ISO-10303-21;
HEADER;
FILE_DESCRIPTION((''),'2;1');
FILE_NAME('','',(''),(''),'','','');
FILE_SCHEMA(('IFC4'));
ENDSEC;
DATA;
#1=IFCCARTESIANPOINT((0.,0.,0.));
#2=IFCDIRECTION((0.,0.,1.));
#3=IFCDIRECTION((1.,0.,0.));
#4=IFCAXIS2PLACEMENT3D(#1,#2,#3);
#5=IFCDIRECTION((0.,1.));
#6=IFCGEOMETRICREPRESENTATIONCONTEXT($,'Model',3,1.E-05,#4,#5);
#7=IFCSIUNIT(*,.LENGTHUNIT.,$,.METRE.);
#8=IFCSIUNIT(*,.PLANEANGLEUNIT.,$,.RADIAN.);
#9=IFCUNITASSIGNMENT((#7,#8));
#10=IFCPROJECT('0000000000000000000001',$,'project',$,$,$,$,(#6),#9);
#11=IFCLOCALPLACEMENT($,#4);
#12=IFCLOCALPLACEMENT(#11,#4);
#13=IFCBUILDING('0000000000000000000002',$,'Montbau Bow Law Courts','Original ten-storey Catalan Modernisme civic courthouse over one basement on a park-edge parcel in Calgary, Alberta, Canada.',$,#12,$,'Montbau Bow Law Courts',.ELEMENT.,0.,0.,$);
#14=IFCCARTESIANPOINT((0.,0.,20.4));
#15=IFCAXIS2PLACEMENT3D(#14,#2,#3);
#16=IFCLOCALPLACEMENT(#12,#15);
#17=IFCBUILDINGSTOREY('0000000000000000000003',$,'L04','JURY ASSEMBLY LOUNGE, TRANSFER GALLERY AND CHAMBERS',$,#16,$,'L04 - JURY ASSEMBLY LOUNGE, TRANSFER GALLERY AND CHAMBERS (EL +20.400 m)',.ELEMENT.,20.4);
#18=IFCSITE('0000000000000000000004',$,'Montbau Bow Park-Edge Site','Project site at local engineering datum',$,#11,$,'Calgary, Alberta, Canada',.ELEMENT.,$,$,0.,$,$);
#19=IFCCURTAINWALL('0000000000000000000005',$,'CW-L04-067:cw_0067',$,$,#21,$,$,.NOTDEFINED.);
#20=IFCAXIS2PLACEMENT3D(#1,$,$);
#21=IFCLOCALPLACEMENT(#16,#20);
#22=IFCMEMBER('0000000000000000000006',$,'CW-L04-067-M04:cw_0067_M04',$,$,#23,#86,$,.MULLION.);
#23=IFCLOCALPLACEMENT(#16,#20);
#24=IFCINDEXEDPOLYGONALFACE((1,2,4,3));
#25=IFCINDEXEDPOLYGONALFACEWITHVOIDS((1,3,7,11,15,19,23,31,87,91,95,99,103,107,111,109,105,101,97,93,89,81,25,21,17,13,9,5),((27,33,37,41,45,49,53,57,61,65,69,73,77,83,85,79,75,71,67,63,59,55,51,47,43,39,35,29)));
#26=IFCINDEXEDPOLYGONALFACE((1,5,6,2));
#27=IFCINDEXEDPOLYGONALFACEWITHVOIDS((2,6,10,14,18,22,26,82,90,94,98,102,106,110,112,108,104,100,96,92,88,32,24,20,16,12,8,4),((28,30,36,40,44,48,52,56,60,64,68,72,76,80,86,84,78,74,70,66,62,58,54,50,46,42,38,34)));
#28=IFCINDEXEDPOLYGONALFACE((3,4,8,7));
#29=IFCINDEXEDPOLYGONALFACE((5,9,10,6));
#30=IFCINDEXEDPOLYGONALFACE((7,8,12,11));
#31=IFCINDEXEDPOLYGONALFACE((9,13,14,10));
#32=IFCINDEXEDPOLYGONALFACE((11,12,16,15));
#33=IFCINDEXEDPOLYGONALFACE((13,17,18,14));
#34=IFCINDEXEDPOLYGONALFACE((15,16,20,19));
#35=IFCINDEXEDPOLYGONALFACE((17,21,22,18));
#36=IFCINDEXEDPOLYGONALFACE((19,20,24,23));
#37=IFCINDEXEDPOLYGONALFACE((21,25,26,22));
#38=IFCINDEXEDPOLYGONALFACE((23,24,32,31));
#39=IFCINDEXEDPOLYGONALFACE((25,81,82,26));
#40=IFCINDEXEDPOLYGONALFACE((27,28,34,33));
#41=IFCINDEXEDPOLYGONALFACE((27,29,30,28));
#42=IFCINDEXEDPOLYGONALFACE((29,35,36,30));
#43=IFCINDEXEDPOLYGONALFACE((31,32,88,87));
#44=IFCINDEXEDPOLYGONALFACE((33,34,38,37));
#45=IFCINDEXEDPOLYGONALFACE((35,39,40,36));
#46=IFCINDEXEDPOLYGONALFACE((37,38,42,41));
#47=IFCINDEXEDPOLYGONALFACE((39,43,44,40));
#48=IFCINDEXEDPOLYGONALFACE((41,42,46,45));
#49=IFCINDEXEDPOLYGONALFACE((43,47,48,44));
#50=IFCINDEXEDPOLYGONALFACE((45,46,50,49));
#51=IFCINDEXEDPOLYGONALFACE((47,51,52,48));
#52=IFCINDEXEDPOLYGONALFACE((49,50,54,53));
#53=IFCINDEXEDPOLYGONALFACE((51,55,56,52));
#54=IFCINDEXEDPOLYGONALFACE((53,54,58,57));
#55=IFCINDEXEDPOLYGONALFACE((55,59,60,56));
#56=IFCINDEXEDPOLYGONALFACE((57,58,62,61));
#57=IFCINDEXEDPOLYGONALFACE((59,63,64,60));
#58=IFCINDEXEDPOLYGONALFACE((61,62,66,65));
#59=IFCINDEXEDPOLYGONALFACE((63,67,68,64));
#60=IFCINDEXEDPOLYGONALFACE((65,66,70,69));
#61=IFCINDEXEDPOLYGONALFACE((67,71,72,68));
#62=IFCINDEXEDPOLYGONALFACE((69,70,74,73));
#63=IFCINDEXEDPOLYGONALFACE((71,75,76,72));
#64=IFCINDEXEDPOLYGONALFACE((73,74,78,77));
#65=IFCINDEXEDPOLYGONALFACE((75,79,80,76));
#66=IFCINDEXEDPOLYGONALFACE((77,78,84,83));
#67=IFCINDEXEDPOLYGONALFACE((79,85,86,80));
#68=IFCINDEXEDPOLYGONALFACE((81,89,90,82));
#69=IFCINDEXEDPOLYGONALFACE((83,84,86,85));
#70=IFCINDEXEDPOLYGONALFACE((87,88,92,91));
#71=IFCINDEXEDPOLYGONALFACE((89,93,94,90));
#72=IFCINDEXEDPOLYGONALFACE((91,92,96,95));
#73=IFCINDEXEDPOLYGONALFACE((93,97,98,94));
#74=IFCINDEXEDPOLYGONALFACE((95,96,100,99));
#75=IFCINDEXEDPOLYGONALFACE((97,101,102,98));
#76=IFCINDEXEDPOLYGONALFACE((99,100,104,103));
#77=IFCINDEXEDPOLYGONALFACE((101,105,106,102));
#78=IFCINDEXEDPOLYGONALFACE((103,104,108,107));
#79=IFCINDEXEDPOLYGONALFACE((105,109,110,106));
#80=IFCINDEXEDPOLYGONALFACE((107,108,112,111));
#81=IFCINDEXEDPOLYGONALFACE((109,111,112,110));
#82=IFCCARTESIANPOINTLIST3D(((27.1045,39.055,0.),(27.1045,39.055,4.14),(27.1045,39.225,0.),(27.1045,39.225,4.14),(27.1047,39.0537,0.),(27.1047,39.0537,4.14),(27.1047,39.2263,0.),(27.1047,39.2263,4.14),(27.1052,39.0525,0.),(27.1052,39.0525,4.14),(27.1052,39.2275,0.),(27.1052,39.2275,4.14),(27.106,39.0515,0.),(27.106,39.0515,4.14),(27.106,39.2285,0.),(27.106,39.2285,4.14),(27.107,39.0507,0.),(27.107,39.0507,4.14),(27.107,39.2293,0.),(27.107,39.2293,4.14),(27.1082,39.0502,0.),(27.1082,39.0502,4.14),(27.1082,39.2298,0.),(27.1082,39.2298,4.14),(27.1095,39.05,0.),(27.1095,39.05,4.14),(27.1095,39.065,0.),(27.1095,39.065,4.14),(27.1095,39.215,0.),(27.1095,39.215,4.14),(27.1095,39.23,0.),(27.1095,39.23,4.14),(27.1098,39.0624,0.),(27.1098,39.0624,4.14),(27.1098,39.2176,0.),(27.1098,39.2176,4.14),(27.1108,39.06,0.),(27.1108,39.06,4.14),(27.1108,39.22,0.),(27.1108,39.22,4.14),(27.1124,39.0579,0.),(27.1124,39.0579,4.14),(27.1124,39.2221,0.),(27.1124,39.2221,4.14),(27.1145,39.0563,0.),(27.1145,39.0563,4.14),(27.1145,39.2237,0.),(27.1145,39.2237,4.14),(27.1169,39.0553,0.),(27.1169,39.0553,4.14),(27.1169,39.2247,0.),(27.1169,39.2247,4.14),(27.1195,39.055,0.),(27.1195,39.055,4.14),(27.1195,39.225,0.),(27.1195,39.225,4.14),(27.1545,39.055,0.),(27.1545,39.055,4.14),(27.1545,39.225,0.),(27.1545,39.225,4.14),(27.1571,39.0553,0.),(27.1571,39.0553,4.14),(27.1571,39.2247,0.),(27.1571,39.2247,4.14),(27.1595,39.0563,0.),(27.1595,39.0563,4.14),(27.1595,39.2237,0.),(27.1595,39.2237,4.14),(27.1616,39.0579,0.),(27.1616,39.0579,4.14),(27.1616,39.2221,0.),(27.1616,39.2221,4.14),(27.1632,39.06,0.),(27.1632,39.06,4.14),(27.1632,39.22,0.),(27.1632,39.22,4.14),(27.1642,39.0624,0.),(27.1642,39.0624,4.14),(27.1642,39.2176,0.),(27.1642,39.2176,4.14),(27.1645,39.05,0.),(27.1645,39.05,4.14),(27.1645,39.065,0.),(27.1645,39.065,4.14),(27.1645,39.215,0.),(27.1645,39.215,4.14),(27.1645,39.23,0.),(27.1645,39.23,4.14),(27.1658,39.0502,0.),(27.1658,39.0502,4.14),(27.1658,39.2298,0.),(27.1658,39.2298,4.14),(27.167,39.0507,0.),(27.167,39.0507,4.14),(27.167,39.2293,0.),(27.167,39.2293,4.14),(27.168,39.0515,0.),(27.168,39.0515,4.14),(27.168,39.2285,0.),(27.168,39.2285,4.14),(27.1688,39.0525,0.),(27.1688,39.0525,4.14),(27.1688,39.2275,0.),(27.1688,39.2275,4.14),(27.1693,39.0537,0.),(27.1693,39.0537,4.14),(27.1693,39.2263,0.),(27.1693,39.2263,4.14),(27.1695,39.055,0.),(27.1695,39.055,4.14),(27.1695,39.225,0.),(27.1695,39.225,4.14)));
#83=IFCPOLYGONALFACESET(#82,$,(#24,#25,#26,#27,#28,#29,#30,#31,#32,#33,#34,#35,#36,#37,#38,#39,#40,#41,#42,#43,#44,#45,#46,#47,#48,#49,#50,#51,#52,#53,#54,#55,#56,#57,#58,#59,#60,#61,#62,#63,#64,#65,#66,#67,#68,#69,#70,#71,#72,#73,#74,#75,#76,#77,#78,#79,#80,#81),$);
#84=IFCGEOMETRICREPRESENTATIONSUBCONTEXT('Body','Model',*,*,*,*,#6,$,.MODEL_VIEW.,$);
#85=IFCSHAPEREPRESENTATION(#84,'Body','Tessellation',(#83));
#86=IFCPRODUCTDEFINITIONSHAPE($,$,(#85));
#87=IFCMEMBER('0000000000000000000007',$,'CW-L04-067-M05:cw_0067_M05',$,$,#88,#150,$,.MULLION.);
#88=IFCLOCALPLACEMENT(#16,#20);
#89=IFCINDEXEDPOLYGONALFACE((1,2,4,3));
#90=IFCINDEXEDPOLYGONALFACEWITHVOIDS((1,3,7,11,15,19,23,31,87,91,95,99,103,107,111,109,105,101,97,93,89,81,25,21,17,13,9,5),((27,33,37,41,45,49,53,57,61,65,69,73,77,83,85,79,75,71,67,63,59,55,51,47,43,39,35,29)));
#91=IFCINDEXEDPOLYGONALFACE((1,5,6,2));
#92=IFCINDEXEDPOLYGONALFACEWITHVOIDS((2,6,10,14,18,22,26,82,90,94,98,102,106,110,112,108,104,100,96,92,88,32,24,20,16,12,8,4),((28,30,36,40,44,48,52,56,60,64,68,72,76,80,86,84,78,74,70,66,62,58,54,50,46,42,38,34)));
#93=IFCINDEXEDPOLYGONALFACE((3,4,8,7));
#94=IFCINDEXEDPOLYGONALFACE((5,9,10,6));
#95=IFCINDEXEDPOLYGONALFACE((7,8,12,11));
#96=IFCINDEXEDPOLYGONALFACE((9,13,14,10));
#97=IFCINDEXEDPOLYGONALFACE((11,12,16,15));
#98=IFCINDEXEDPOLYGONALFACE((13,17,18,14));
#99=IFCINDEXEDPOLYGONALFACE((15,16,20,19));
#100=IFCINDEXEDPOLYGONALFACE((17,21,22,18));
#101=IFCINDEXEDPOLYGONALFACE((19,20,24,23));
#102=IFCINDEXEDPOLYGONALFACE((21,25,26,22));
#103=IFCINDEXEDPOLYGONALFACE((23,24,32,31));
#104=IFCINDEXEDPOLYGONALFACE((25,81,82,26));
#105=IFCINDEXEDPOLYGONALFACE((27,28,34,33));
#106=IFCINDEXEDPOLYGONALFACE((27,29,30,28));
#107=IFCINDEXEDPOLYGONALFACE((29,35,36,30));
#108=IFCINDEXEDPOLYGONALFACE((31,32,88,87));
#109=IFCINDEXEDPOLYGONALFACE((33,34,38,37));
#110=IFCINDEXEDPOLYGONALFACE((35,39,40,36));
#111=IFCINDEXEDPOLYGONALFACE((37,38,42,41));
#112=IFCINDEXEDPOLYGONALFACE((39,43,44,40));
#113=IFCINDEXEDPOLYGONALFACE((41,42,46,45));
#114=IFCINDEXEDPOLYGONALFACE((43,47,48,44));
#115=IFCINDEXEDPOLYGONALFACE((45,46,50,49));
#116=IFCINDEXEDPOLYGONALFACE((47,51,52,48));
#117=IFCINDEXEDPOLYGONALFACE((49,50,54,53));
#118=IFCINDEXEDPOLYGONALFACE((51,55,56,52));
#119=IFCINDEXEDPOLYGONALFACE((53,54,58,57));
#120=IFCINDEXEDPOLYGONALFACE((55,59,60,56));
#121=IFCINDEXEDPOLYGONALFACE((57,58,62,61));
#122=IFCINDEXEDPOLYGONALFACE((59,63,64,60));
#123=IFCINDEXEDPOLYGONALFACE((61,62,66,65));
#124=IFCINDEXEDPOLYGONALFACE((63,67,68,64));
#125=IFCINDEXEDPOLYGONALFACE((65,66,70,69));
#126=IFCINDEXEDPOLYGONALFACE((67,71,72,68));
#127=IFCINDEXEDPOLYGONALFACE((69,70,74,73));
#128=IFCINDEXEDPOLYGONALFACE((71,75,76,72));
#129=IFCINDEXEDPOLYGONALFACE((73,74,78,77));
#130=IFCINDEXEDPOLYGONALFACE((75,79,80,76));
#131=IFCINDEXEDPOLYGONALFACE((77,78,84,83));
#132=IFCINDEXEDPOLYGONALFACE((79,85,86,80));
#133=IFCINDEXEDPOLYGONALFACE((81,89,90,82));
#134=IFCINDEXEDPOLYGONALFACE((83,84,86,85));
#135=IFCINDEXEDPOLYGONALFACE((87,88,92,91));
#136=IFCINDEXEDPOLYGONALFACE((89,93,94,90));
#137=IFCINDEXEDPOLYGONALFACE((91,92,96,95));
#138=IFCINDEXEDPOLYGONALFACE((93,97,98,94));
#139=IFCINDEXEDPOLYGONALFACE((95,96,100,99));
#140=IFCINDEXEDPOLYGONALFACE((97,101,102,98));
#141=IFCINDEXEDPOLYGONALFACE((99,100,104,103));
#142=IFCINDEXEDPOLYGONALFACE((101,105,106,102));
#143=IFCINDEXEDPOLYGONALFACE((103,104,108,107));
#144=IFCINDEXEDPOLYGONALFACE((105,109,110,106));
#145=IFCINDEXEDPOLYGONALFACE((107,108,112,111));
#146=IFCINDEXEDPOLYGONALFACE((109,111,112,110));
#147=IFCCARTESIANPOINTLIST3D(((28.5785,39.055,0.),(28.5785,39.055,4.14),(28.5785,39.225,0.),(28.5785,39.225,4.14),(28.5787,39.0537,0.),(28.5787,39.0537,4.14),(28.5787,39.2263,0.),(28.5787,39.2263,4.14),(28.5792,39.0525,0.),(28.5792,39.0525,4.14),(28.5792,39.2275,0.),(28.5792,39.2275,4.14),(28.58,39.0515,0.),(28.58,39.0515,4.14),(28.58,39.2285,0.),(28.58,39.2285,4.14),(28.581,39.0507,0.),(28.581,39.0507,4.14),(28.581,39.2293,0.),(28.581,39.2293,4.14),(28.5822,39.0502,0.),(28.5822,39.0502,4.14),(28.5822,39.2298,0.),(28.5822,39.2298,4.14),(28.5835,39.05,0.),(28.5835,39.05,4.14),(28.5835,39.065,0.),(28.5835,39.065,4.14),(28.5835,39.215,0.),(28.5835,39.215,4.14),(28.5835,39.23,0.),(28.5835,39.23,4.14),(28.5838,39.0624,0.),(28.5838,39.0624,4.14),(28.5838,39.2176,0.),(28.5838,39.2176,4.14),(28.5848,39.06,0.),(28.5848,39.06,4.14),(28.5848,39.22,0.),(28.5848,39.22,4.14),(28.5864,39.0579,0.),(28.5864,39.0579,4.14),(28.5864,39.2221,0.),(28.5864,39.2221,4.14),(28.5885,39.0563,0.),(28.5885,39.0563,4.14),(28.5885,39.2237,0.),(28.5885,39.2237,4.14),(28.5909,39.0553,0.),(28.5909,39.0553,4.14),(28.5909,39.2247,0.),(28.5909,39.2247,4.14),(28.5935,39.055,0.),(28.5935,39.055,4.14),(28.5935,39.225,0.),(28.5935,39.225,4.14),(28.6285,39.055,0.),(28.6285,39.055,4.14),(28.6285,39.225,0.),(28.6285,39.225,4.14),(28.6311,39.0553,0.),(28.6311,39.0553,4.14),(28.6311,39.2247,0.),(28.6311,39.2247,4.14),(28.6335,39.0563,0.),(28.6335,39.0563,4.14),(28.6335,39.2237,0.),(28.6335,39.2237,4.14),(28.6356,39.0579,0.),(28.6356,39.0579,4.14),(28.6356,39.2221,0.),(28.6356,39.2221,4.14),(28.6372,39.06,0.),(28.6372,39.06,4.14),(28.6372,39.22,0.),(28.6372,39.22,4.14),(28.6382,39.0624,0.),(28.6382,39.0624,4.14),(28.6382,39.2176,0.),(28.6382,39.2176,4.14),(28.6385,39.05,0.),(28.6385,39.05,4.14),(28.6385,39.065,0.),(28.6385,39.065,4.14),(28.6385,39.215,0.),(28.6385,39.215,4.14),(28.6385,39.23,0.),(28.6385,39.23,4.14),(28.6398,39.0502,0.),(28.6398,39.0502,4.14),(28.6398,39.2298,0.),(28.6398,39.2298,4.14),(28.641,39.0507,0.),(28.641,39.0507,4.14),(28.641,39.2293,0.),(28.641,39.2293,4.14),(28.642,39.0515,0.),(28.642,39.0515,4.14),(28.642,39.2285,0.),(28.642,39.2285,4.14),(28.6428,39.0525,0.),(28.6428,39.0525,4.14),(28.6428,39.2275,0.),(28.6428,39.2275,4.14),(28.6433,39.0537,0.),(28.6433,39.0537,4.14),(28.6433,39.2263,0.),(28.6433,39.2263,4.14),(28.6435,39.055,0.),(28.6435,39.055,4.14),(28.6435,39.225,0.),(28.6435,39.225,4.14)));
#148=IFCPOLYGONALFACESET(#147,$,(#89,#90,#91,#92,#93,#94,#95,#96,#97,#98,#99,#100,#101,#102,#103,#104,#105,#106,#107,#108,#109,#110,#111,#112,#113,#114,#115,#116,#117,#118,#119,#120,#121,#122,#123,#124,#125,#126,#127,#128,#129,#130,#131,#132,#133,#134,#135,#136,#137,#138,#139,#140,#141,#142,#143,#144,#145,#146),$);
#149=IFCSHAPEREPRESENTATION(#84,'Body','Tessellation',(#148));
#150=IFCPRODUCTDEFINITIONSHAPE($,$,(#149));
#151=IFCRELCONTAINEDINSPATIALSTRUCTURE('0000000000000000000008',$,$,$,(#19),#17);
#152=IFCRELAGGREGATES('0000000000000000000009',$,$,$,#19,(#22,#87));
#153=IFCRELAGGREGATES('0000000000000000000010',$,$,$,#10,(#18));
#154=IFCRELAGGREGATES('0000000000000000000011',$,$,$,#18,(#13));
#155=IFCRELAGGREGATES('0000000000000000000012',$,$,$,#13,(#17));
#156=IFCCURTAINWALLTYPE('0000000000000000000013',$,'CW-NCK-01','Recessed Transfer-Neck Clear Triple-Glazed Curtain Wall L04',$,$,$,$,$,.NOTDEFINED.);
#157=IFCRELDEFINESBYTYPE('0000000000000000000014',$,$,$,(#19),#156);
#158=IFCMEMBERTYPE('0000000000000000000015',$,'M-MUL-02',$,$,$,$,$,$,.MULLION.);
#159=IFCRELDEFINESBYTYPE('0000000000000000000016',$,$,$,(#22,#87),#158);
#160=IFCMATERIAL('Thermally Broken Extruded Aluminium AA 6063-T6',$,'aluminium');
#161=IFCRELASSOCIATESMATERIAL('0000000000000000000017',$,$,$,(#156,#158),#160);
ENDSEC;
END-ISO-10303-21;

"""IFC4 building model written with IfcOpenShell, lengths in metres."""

from ifc_helpers import new_model, si_unit, direction, frame, origin_with_axes, origin_2d_with_axis, place, context, subcontext, project, spatial, hollow_rectangle, extrude, material, material_profile, profile_set, type_object, element, aggregate, save


model = new_model("IFC4")

# Units and contexts
model_context = context("Model", 3, precision=1e-05, world=origin_with_axes(), true_north=direction((0.0, 1.0)))
body_context = subcontext(model_context, "Body", "Model", "MODEL_VIEW")
ifc_project = project(units=[si_unit("LENGTHUNIT", "METRE"), si_unit("PLANEANGLEUNIT", "RADIAN")], contexts=[model_context])

# Site, building, storey
site_placement = place(None, origin_with_axes())
site = spatial("IfcSite", under=ifc_project, at=site_placement, Name="Montbau Bow Park-Edge Site", Description="Project site at local engineering datum", LongName="Calgary, Alberta, Canada", CompositionType="ELEMENT", RefElevation=0.0)
building_placement = place(site_placement, origin_with_axes())
building = spatial("IfcBuilding", under=site, at=building_placement, Name="Montbau Bow Law Courts", Description="Original ten-storey Catalan Modernisme civic courthouse over one basement on a park-edge parcel in Calgary, Alberta, Canada.", LongName="Montbau Bow Law Courts", CompositionType="ELEMENT", ElevationOfRefHeight=0.0, ElevationOfTerrain=0.0)
storey_placement = place(building_placement, frame((0.0, 0.0, 20.4), z_axis=(0.0, 0.0, 1.0), x_axis=(1.0, 0.0, 0.0)))
storey = spatial("IfcBuildingStorey", under=building, at=storey_placement, Name="L04", Description="JURY ASSEMBLY LOUNGE, TRANSFER GALLERY AND CHAMBERS", LongName="L04 - JURY ASSEMBLY LOUNGE, TRANSFER GALLERY AND CHAMBERS (EL +20.400 m)", CompositionType="ELEMENT", Elevation=20.4)

# Curtain wall, members
ifc_material_1 = material(Name="Thermally Broken Extruded Aluminium AA 6063-T6", Category="aluminium")
curtain_wall_type = type_object("IfcCurtainWallType", Name="CW-NCK-01", Description="Recessed Transfer-Neck Clear Triple-Glazed Curtain Wall L04", PredefinedType="NOTDEFINED", material=ifc_material_1)
curtain_wall_placement = place(None, frame((22.715, 39.14, 20.4), z_axis=(0.0, 0.0, 1.0), x_axis=(1.0, 0.0, 0.0)))
curtain_wall = element("IfcCurtainWall", 1, at=curtain_wall_placement, inside=storey, type_object=curtain_wall_type, Name="CW-L04-067:cw_0067", PredefinedType="NOTDEFINED")
ifc_material_profile_1 = material_profile(ifc_material_1, hollow_rectangle(XDim=0.065, YDim=0.18, WallThickness=0.005, InnerFilletRadius=0.01, OuterFilletRadius=0.005, at=origin_2d_with_axis()), Name="CWM-180X65", Category="Main", Priority=0)
ifc_profile_set_1 = profile_set([ifc_material_profile_1], Name="Thermally Broken Extruded Aluminium AA 6063-T6")
member_type_1 = type_object("IfcMemberType", Name="M-MUL-02", PredefinedType="MULLION", material=ifc_profile_set_1)
member_1_placement = place(None, frame((27.137, 39.14, 20.4), z_axis=(0.0, 0.0, 1.0), x_axis=(1.0, 0.0, 0.0)))
member_1 = element("IfcMember", 2, at=member_1_placement, type_object=member_type_1, Name="CW-L04-067-M04:cw_0067_M04", PredefinedType="MULLION", context=body_context, shape_type="SweptSolid", body=[
    extrude(hollow_rectangle(XDim=0.065, YDim=0.18, WallThickness=0.005, InnerFilletRadius=0.01, OuterFilletRadius=0.005, at=origin_2d_with_axis()), origin_with_axes(), (0.0, 0.0, 1.0), 4.14),
])
member_2_placement = place(None, frame((28.611, 39.14, 20.4), z_axis=(0.0, 0.0, 1.0), x_axis=(1.0, 0.0, 0.0)))
member_2 = element("IfcMember", 3, at=member_2_placement, type_object=member_type_1, Name="CW-L04-067-M05:cw_0067_M05", PredefinedType="MULLION", context=body_context, shape_type="SweptSolid", body=[
    extrude(hollow_rectangle(XDim=0.065, YDim=0.18, WallThickness=0.005, InnerFilletRadius=0.01, OuterFilletRadius=0.005, at=origin_2d_with_axis()), origin_with_axes(), (0.0, 0.0, 1.0), 4.14),
])
aggregate(curtain_wall, [member_1, member_2])

save(model, "model.ifc")
